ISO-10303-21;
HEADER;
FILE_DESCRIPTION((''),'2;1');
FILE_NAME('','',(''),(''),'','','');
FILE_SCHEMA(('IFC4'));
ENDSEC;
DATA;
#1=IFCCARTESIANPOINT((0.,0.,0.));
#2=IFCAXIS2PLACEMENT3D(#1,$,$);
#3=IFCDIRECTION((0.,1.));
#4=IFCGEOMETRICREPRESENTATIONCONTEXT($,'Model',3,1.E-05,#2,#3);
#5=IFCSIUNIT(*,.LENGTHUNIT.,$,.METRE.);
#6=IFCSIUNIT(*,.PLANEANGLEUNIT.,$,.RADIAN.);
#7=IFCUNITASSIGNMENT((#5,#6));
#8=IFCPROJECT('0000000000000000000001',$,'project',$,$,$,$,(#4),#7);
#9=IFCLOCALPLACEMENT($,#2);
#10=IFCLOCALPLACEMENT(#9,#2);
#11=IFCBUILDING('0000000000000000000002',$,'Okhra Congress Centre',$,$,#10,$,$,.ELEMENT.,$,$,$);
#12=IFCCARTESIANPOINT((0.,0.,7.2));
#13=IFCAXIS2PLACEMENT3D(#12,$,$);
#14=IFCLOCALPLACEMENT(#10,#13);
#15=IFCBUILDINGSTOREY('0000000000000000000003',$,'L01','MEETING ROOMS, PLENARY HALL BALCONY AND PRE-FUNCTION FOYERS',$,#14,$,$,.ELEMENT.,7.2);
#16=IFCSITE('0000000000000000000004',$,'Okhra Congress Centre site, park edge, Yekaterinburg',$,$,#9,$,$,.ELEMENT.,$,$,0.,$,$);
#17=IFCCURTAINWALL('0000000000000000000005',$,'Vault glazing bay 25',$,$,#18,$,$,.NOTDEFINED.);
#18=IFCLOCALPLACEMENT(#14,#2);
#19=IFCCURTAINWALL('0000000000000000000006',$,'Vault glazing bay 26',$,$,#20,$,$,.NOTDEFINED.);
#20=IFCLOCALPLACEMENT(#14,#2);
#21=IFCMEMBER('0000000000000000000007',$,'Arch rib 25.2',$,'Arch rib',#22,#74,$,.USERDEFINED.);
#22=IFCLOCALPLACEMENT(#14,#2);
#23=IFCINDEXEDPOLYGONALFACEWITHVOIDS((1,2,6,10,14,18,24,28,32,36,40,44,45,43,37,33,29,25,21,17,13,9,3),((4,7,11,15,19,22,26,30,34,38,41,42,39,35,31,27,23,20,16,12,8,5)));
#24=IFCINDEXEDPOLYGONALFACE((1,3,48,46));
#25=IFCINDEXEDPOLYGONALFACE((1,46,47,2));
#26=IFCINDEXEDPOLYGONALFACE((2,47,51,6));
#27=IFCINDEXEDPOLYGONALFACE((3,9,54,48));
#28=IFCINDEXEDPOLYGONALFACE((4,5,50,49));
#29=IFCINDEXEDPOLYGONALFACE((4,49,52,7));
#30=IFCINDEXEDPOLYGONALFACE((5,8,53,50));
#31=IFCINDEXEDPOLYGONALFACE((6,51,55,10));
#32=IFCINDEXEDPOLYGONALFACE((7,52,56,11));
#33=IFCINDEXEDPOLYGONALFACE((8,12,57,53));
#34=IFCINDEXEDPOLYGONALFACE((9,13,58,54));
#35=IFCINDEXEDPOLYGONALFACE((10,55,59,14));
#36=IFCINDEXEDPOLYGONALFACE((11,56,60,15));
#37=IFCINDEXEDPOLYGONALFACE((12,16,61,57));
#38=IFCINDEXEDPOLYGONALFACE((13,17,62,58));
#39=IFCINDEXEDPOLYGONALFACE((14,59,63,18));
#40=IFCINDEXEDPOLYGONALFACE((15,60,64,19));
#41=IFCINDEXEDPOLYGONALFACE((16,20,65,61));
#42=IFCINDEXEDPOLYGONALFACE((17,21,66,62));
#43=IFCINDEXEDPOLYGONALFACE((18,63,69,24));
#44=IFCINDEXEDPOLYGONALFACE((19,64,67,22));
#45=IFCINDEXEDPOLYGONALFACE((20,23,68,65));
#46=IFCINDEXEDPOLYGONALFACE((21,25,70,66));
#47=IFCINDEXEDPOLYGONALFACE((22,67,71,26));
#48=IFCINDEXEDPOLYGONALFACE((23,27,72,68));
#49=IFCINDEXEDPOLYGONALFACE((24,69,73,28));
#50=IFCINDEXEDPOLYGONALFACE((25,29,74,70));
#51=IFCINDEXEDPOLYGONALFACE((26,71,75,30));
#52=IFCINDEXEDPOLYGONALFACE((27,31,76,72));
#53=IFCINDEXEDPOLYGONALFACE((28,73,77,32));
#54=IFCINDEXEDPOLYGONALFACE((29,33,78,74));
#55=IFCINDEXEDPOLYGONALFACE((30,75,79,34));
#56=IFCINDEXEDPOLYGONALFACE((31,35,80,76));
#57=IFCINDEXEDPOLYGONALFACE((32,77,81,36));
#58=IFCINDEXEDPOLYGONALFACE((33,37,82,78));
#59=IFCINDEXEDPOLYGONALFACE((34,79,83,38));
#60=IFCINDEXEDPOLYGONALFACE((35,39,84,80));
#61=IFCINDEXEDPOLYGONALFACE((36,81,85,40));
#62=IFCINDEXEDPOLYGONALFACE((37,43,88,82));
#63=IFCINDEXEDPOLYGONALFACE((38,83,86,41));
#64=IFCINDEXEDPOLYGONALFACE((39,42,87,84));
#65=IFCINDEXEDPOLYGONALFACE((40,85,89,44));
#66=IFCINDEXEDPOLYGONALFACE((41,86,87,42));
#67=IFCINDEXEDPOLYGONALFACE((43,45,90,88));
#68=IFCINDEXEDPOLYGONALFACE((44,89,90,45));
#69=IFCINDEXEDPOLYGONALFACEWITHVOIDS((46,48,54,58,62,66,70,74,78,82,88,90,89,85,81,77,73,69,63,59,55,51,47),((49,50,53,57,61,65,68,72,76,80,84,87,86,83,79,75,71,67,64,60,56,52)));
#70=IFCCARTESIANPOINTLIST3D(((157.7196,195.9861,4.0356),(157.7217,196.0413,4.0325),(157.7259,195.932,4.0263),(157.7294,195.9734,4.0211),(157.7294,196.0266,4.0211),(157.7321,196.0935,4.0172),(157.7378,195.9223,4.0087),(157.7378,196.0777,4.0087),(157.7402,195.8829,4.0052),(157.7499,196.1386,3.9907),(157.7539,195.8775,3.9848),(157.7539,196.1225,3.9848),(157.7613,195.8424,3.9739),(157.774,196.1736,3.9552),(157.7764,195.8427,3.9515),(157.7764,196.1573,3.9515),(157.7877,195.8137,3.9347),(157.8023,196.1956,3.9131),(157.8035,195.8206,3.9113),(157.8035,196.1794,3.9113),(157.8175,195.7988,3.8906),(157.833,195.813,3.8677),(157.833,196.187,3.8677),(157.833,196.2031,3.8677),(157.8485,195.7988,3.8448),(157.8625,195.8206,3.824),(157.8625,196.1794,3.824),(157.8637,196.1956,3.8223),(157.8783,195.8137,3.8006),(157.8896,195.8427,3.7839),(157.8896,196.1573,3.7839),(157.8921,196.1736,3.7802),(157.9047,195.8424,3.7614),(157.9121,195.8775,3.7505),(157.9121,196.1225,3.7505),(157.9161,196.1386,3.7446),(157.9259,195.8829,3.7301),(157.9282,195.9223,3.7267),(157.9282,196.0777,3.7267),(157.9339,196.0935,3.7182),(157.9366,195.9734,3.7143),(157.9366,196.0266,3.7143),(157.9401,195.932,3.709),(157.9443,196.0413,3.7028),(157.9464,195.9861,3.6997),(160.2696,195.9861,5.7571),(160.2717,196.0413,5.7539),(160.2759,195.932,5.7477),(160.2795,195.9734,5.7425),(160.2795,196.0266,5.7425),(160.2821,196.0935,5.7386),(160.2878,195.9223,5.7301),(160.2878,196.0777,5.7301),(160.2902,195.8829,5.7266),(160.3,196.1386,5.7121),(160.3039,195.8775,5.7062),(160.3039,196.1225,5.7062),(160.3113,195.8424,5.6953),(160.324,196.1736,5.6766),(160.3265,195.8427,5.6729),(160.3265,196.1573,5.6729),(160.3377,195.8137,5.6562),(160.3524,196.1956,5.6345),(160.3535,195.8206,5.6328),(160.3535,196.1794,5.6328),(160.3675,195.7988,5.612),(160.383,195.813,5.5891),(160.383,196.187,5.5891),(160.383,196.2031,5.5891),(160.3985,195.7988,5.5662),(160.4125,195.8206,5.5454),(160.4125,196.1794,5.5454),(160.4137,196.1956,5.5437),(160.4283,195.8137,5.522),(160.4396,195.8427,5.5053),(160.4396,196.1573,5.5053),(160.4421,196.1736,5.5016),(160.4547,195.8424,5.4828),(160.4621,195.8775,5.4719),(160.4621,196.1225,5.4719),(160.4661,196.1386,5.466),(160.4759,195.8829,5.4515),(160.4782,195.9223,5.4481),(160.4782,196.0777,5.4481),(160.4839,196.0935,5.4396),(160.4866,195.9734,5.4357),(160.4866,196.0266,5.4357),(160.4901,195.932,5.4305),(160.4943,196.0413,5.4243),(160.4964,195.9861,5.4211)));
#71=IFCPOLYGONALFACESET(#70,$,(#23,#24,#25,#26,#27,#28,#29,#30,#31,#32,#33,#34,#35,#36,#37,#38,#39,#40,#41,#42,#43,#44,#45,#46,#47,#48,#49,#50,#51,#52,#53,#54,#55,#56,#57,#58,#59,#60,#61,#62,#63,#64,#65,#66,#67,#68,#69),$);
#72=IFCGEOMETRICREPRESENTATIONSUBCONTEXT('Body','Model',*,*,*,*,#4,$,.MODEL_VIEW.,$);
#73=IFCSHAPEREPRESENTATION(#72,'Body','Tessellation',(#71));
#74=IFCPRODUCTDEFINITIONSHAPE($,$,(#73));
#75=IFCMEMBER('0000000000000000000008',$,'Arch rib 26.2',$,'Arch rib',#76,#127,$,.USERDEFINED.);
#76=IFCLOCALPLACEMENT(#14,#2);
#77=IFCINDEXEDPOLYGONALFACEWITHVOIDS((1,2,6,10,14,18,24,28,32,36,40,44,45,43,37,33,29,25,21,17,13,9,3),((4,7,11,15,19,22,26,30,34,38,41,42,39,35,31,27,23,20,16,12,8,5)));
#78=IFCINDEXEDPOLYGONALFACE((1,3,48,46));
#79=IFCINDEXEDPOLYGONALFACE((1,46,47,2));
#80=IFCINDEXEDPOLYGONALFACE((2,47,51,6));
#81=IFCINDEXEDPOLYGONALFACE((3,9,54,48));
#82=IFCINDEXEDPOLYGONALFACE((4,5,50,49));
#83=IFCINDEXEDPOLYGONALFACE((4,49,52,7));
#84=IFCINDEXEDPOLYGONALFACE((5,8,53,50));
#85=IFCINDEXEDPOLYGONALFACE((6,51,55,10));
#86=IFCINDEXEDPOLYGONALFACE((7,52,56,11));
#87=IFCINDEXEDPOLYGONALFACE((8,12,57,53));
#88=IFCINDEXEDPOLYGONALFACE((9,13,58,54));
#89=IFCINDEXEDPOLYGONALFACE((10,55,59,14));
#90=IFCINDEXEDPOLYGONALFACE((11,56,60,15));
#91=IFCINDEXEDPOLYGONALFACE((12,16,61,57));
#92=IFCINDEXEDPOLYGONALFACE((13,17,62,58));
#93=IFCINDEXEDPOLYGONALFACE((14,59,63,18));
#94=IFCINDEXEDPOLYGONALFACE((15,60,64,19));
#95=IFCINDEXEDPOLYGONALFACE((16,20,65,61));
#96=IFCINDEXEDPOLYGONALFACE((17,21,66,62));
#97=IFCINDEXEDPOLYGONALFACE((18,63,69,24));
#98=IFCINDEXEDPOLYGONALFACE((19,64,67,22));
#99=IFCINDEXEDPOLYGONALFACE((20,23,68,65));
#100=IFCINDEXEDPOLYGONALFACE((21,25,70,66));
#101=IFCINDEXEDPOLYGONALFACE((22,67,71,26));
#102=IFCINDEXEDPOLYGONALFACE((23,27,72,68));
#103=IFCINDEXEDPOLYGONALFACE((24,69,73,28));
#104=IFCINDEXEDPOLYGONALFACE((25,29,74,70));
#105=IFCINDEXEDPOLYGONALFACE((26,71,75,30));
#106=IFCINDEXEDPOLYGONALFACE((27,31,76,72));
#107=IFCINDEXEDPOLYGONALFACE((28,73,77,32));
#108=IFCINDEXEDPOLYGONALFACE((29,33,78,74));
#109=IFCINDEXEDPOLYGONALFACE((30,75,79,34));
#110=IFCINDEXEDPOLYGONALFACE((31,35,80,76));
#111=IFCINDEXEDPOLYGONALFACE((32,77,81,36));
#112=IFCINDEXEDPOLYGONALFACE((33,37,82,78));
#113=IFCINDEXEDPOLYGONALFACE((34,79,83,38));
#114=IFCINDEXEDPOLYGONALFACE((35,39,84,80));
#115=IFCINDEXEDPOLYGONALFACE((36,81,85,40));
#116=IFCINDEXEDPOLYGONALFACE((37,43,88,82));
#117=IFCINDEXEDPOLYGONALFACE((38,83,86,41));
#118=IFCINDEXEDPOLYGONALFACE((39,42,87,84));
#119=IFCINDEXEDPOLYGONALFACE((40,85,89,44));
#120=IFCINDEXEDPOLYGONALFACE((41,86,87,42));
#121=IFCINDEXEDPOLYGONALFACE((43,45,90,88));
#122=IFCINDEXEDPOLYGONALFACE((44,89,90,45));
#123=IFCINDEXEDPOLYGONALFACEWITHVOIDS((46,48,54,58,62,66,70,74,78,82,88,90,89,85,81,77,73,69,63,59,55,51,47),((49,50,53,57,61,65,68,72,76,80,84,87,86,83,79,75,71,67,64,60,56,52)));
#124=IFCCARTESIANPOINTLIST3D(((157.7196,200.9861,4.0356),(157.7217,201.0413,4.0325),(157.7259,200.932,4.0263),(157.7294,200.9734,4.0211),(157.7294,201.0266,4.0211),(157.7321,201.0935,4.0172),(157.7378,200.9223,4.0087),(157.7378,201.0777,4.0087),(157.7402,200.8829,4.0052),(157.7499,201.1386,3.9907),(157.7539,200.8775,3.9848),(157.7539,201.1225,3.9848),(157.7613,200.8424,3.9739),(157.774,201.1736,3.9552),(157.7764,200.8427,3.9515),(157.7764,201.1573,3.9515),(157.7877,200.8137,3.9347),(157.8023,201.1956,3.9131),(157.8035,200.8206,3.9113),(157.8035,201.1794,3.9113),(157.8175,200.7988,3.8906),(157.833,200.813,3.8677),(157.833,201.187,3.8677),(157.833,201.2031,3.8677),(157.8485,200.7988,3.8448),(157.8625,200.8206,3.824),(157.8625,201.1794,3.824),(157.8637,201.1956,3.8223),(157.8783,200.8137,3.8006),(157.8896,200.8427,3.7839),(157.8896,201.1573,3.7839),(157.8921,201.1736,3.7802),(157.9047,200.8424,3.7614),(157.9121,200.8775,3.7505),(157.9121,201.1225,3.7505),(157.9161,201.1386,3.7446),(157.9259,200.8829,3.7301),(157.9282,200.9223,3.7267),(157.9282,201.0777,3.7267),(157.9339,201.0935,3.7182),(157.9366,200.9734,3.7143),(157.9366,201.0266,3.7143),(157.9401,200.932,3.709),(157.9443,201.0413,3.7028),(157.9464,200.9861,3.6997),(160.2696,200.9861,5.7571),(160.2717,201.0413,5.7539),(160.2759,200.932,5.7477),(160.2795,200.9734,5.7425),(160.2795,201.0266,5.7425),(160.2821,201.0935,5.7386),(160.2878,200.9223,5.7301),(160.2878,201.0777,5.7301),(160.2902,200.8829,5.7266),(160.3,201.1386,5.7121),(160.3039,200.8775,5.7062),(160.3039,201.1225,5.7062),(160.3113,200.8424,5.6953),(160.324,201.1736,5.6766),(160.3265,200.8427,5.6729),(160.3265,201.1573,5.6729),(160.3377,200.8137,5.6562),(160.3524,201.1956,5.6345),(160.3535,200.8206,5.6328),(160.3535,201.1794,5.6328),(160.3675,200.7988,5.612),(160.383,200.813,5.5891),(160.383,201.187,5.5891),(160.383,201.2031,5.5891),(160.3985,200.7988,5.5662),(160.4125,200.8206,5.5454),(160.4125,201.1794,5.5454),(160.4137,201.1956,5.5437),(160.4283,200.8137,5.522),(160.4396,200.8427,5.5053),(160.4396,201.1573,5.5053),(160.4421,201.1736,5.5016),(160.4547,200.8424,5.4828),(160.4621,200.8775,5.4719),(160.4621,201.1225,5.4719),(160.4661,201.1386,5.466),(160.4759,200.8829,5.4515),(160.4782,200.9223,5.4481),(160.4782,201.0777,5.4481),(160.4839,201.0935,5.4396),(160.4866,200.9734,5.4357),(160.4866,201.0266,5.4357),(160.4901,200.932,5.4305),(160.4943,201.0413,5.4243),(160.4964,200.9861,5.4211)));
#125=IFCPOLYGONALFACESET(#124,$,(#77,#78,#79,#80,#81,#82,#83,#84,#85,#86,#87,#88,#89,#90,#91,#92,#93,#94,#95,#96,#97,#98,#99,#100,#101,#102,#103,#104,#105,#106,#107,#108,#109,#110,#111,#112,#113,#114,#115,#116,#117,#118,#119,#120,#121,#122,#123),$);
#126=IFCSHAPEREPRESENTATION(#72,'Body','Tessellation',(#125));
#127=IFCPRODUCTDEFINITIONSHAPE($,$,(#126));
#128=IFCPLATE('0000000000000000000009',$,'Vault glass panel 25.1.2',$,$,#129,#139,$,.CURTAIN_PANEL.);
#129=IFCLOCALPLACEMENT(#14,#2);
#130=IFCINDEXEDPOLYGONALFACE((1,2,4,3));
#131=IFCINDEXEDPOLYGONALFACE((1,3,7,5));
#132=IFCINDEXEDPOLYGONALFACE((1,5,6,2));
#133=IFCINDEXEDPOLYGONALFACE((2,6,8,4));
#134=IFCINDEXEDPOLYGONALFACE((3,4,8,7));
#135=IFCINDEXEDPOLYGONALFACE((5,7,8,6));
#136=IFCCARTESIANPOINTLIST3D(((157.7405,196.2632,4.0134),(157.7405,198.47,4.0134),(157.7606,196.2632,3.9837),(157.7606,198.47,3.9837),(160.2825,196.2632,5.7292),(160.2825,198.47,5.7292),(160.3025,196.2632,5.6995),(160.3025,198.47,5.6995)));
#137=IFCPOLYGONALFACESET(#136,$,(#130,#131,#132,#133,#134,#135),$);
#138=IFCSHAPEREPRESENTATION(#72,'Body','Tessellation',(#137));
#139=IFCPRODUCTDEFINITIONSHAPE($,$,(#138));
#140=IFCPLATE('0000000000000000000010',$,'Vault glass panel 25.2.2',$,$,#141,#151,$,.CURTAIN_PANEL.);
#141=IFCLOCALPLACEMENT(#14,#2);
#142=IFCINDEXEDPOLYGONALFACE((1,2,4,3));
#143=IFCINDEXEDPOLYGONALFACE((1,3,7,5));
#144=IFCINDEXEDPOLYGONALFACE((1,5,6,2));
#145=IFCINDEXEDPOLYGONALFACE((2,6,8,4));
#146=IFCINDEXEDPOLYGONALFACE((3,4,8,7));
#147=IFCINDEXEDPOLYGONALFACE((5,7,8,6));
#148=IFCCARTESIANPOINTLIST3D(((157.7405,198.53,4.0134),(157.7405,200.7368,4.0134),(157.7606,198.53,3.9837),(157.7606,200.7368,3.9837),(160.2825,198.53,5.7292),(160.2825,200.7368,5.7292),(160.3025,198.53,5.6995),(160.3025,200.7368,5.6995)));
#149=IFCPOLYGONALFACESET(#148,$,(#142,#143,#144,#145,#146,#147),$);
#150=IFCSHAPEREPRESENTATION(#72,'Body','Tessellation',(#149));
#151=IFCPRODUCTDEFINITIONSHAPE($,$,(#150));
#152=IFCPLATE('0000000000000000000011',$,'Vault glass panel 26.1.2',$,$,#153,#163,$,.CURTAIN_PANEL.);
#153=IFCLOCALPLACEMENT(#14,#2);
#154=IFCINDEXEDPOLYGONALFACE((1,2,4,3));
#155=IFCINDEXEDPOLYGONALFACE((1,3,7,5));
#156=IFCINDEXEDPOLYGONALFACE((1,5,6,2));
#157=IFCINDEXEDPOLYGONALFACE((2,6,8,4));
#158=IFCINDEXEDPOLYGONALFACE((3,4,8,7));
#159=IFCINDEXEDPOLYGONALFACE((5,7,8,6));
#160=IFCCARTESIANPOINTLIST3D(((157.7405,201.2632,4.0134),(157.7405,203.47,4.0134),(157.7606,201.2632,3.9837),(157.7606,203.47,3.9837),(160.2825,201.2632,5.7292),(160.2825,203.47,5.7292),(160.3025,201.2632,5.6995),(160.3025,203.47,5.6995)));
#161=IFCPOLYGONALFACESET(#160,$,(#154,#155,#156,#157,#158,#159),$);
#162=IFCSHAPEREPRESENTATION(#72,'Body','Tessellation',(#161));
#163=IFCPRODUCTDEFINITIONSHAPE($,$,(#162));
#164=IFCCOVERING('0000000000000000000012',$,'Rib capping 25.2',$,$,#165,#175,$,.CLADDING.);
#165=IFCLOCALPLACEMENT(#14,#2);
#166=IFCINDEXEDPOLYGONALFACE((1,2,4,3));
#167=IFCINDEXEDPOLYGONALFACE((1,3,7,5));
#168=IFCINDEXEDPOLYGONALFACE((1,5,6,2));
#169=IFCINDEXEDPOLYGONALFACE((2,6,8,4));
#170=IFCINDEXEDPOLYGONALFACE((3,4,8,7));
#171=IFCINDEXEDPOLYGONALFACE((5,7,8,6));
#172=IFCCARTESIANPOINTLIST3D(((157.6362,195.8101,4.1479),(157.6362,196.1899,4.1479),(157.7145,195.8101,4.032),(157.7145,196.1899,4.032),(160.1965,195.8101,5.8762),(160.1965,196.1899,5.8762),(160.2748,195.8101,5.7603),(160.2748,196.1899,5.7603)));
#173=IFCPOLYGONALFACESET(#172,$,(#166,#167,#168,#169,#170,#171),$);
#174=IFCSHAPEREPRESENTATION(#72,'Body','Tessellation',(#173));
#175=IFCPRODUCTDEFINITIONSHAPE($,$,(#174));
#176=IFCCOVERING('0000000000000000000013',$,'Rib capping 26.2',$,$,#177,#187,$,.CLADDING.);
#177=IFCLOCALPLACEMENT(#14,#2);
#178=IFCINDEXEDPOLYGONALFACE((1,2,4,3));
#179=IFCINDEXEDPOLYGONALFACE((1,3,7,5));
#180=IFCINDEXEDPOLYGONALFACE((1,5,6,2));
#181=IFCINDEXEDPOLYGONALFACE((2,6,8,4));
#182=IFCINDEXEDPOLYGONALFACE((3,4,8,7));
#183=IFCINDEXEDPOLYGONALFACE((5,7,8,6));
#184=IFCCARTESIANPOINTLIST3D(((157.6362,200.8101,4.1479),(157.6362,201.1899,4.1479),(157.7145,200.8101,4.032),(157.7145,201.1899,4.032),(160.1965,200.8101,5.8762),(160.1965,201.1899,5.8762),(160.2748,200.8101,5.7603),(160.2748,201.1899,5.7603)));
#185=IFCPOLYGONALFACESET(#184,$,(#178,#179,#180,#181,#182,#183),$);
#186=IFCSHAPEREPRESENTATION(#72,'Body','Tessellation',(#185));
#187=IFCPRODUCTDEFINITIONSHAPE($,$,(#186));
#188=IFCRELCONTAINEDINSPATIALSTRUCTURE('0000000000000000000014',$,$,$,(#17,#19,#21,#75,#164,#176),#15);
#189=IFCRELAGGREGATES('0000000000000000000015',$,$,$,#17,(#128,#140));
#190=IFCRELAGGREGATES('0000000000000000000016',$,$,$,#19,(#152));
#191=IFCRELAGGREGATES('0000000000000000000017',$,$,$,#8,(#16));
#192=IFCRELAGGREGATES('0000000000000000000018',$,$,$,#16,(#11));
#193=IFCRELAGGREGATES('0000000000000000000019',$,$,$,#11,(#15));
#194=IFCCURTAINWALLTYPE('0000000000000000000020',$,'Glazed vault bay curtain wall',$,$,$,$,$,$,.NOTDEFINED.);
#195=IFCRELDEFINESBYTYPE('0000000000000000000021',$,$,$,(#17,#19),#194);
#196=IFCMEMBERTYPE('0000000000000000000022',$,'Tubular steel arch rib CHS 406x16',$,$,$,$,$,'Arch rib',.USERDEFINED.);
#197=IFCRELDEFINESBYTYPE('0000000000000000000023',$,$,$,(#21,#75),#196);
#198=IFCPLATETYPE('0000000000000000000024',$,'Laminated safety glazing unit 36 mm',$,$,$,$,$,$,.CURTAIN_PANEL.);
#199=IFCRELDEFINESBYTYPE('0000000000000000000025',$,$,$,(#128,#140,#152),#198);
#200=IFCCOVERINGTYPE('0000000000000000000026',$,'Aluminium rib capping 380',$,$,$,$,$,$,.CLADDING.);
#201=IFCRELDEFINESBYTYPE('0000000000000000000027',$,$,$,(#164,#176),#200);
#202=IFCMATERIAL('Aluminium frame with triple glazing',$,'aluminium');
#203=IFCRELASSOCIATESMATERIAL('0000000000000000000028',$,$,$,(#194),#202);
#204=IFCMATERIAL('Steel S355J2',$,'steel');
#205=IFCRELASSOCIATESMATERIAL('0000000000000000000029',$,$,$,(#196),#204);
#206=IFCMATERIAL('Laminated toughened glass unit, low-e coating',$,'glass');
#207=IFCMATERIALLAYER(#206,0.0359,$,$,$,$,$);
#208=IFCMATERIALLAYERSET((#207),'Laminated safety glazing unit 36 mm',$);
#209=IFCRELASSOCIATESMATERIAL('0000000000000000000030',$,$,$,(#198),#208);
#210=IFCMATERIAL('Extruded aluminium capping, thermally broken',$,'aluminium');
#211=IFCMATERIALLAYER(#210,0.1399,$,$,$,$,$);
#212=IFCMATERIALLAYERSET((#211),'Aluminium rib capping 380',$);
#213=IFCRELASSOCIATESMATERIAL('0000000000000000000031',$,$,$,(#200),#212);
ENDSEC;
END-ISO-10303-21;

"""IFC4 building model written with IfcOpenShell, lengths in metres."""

from ifc_helpers import new_model, si_unit, direction, frame, origin, origin_2d, place, context, subcontext, project, spatial, polyline, hollow_circle, outline, extrude, material, layer, layer_set, material_profile, profile_set, type_object, element, aggregate, save


model = new_model("IFC4")

# Units and contexts
model_context = context("Model", 3, precision=1e-05, world=origin(), true_north=direction((0.0, 1.0)))
body_context = subcontext(model_context, "Body", "Model", "MODEL_VIEW")
ifc_project = project(units=[si_unit("LENGTHUNIT", "METRE"), si_unit("PLANEANGLEUNIT", "RADIAN")], contexts=[model_context])

# Site, building, storey
site_placement = place(None, origin())
site = spatial("IfcSite", under=ifc_project, at=site_placement, Name="Okhra Congress Centre site, park edge, Yekaterinburg", CompositionType="ELEMENT", RefElevation=0.0)
building_placement = place(site_placement, origin())
building = spatial("IfcBuilding", under=site, at=building_placement, Name="Okhra Congress Centre", CompositionType="ELEMENT")
storey_placement = place(building_placement, frame((0.0, 0.0, 7.2)))
storey = spatial("IfcBuildingStorey", under=building, at=storey_placement, Name="L01", Description="MEETING ROOMS, PLENARY HALL BALCONY AND PRE-FUNCTION FOYERS", CompositionType="ELEMENT", Elevation=7.2)

# Shared definitions
ifc_material_1 = material(Name="Aluminium frame with triple glazing", Category="aluminium")
curtain_wall_type = type_object("IfcCurtainWallType", Name="Glazed vault bay curtain wall", PredefinedType="NOTDEFINED", material=ifc_material_1)

# Curtain wall
curtain_wall_1_placement = place(storey_placement, origin())
curtain_wall_1 = element("IfcCurtainWall", 1, at=curtain_wall_1_placement, inside=storey, type_object=curtain_wall_type, Name="Vault glazing bay 25", PredefinedType="NOTDEFINED")

# Curtain wall
curtain_wall_2_placement = place(storey_placement, origin())
curtain_wall_2 = element("IfcCurtainWall", 2, at=curtain_wall_2_placement, inside=storey, type_object=curtain_wall_type, Name="Vault glazing bay 26", PredefinedType="NOTDEFINED")

# Members
ifc_material_2 = material(Name="Steel S355J2", Category="steel")
ifc_material_profile_1 = material_profile(ifc_material_2, hollow_circle(Radius=0.2031, WallThickness=0.0161, at=origin_2d()), Name="CHS 406.4x16")
ifc_profile_set_1 = profile_set([ifc_material_profile_1], Name="Steel S355J2")
member_type_1 = type_object("IfcMemberType", Name="Tubular steel arch rib CHS 406x16", ElementType="Arch rib", PredefinedType="USERDEFINED", material=ifc_profile_set_1)
for number, where, z_axis, x_axis, name in (
    (3, (157.833, 196.0, 3.8677), (0.828826, 0.0, 0.559507), (0.0, 1.0, 0.0), "Arch rib 25.2"),
    (4, (157.833, 201.0, 3.8677), (0.828826, 0.0, 0.559507), (0.0, 1.0, 0.0), "Arch rib 26.2"),
):
    element("IfcMember", number, at=place(storey_placement, frame(where, z_axis=z_axis, x_axis=x_axis)), inside=storey, type_object=member_type_1, Name=name, ObjectType="Arch rib", PredefinedType="USERDEFINED", context=body_context, shape_type="SweptSolid", body=[
        extrude(hollow_circle(Radius=0.2031, WallThickness=0.0161, at=origin_2d()), origin(), (0.0, 0.0, 1.0), 3.0767),
    ])

# Plates
ifc_material_3 = material(Name="Laminated toughened glass unit, low-e coating", Category="glass")
ifc_layer_1 = layer(ifc_material_3, 0.0359)
ifc_layer_set_1 = layer_set([ifc_layer_1], Name="Laminated safety glazing unit 36 mm")
plate_type = type_object("IfcPlateType", Name="Laminated safety glazing unit 36 mm", PredefinedType="CURTAIN_PANEL", material=ifc_layer_set_1)
plate_1_placement = place(storey_placement, frame((157.7405, 196.2632, 4.0134), z_axis=(-0.559467, 0.0, 0.828852), x_axis=(0.828852, 0.0, 0.559467)))
plate_1 = element("IfcPlate", 5, at=plate_1_placement, type_object=plate_type, Name="Vault glass panel 25.1.2", PredefinedType="CURTAIN_PANEL", context=body_context, shape_type="SweptSolid", body=[
    extrude(outline(polyline([(0.0, 0.0), (3.0669, 0.0), (3.0669, 2.2068), (0.0, 2.2068), (0.0, 0.0)])), origin(), (0.0, 0.0, -1.0), 0.0359),
])
plate_2_placement = place(storey_placement, frame((157.7405, 198.53, 4.0134), z_axis=(-0.559467, 0.0, 0.828852), x_axis=(0.828852, 0.0, 0.559467)))
plate_2 = element("IfcPlate", 6, at=plate_2_placement, type_object=plate_type, Name="Vault glass panel 25.2.2", PredefinedType="CURTAIN_PANEL", context=body_context, shape_type="SweptSolid", body=[
    extrude(outline(polyline([(0.0, 0.0), (3.0669, 0.0), (3.0669, 2.2068), (0.0, 2.2068), (0.0, 0.0)])), origin(), (0.0, 0.0, -1.0), 0.0359),
])
aggregate(curtain_wall_1, [plate_1, plate_2])
plate_3_placement = place(storey_placement, frame((157.7405, 201.2632, 4.0134), z_axis=(-0.559467, 0.0, 0.828852), x_axis=(0.828852, 0.0, 0.559467)))
plate_3 = element("IfcPlate", 7, at=plate_3_placement, type_object=plate_type, Name="Vault glass panel 26.1.2", PredefinedType="CURTAIN_PANEL", context=body_context, shape_type="SweptSolid", body=[
    extrude(outline(polyline([(0.0, 0.0), (3.0669, 0.0), (3.0669, 2.2068), (0.0, 2.2068), (0.0, 0.0)])), origin(), (0.0, 0.0, -1.0), 0.0359),
])
aggregate(curtain_wall_2, [plate_3])

# Coverings
ifc_material_4 = material(Name="Extruded aluminium capping, thermally broken", Category="aluminium")
ifc_layer_2 = layer(ifc_material_4, 0.1399)
ifc_layer_set_2 = layer_set([ifc_layer_2], Name="Aluminium rib capping 380")
covering_type = type_object("IfcCoveringType", Name="Aluminium rib capping 380", PredefinedType="CLADDING", material=ifc_layer_set_2)
for number, where, z_axis, x_axis, name in (
    (8, (157.6362, 195.8101, 4.1479), (-0.559488, 0.0, 0.828839), (0.828839, 0.0, 0.559488), "Rib capping 25.2"),
    (9, (157.6362, 200.8101, 4.1479), (-0.559488, 0.0, 0.828839), (0.828839, 0.0, 0.559488), "Rib capping 26.2"),
):
    element("IfcCovering", number, at=place(storey_placement, frame(where, z_axis=z_axis, x_axis=x_axis)), inside=storey, type_object=covering_type, Name=name, PredefinedType="CLADDING", context=body_context, shape_type="SweptSolid", body=[
        extrude(outline(polyline([(0.0, 0.0), (3.089, 0.0), (3.089, 0.3799), (0.0, 0.3799), (0.0, 0.0)])), origin(), (0.0, 0.0, -1.0), 0.1399),
    ])

save(model, "model.ifc")
